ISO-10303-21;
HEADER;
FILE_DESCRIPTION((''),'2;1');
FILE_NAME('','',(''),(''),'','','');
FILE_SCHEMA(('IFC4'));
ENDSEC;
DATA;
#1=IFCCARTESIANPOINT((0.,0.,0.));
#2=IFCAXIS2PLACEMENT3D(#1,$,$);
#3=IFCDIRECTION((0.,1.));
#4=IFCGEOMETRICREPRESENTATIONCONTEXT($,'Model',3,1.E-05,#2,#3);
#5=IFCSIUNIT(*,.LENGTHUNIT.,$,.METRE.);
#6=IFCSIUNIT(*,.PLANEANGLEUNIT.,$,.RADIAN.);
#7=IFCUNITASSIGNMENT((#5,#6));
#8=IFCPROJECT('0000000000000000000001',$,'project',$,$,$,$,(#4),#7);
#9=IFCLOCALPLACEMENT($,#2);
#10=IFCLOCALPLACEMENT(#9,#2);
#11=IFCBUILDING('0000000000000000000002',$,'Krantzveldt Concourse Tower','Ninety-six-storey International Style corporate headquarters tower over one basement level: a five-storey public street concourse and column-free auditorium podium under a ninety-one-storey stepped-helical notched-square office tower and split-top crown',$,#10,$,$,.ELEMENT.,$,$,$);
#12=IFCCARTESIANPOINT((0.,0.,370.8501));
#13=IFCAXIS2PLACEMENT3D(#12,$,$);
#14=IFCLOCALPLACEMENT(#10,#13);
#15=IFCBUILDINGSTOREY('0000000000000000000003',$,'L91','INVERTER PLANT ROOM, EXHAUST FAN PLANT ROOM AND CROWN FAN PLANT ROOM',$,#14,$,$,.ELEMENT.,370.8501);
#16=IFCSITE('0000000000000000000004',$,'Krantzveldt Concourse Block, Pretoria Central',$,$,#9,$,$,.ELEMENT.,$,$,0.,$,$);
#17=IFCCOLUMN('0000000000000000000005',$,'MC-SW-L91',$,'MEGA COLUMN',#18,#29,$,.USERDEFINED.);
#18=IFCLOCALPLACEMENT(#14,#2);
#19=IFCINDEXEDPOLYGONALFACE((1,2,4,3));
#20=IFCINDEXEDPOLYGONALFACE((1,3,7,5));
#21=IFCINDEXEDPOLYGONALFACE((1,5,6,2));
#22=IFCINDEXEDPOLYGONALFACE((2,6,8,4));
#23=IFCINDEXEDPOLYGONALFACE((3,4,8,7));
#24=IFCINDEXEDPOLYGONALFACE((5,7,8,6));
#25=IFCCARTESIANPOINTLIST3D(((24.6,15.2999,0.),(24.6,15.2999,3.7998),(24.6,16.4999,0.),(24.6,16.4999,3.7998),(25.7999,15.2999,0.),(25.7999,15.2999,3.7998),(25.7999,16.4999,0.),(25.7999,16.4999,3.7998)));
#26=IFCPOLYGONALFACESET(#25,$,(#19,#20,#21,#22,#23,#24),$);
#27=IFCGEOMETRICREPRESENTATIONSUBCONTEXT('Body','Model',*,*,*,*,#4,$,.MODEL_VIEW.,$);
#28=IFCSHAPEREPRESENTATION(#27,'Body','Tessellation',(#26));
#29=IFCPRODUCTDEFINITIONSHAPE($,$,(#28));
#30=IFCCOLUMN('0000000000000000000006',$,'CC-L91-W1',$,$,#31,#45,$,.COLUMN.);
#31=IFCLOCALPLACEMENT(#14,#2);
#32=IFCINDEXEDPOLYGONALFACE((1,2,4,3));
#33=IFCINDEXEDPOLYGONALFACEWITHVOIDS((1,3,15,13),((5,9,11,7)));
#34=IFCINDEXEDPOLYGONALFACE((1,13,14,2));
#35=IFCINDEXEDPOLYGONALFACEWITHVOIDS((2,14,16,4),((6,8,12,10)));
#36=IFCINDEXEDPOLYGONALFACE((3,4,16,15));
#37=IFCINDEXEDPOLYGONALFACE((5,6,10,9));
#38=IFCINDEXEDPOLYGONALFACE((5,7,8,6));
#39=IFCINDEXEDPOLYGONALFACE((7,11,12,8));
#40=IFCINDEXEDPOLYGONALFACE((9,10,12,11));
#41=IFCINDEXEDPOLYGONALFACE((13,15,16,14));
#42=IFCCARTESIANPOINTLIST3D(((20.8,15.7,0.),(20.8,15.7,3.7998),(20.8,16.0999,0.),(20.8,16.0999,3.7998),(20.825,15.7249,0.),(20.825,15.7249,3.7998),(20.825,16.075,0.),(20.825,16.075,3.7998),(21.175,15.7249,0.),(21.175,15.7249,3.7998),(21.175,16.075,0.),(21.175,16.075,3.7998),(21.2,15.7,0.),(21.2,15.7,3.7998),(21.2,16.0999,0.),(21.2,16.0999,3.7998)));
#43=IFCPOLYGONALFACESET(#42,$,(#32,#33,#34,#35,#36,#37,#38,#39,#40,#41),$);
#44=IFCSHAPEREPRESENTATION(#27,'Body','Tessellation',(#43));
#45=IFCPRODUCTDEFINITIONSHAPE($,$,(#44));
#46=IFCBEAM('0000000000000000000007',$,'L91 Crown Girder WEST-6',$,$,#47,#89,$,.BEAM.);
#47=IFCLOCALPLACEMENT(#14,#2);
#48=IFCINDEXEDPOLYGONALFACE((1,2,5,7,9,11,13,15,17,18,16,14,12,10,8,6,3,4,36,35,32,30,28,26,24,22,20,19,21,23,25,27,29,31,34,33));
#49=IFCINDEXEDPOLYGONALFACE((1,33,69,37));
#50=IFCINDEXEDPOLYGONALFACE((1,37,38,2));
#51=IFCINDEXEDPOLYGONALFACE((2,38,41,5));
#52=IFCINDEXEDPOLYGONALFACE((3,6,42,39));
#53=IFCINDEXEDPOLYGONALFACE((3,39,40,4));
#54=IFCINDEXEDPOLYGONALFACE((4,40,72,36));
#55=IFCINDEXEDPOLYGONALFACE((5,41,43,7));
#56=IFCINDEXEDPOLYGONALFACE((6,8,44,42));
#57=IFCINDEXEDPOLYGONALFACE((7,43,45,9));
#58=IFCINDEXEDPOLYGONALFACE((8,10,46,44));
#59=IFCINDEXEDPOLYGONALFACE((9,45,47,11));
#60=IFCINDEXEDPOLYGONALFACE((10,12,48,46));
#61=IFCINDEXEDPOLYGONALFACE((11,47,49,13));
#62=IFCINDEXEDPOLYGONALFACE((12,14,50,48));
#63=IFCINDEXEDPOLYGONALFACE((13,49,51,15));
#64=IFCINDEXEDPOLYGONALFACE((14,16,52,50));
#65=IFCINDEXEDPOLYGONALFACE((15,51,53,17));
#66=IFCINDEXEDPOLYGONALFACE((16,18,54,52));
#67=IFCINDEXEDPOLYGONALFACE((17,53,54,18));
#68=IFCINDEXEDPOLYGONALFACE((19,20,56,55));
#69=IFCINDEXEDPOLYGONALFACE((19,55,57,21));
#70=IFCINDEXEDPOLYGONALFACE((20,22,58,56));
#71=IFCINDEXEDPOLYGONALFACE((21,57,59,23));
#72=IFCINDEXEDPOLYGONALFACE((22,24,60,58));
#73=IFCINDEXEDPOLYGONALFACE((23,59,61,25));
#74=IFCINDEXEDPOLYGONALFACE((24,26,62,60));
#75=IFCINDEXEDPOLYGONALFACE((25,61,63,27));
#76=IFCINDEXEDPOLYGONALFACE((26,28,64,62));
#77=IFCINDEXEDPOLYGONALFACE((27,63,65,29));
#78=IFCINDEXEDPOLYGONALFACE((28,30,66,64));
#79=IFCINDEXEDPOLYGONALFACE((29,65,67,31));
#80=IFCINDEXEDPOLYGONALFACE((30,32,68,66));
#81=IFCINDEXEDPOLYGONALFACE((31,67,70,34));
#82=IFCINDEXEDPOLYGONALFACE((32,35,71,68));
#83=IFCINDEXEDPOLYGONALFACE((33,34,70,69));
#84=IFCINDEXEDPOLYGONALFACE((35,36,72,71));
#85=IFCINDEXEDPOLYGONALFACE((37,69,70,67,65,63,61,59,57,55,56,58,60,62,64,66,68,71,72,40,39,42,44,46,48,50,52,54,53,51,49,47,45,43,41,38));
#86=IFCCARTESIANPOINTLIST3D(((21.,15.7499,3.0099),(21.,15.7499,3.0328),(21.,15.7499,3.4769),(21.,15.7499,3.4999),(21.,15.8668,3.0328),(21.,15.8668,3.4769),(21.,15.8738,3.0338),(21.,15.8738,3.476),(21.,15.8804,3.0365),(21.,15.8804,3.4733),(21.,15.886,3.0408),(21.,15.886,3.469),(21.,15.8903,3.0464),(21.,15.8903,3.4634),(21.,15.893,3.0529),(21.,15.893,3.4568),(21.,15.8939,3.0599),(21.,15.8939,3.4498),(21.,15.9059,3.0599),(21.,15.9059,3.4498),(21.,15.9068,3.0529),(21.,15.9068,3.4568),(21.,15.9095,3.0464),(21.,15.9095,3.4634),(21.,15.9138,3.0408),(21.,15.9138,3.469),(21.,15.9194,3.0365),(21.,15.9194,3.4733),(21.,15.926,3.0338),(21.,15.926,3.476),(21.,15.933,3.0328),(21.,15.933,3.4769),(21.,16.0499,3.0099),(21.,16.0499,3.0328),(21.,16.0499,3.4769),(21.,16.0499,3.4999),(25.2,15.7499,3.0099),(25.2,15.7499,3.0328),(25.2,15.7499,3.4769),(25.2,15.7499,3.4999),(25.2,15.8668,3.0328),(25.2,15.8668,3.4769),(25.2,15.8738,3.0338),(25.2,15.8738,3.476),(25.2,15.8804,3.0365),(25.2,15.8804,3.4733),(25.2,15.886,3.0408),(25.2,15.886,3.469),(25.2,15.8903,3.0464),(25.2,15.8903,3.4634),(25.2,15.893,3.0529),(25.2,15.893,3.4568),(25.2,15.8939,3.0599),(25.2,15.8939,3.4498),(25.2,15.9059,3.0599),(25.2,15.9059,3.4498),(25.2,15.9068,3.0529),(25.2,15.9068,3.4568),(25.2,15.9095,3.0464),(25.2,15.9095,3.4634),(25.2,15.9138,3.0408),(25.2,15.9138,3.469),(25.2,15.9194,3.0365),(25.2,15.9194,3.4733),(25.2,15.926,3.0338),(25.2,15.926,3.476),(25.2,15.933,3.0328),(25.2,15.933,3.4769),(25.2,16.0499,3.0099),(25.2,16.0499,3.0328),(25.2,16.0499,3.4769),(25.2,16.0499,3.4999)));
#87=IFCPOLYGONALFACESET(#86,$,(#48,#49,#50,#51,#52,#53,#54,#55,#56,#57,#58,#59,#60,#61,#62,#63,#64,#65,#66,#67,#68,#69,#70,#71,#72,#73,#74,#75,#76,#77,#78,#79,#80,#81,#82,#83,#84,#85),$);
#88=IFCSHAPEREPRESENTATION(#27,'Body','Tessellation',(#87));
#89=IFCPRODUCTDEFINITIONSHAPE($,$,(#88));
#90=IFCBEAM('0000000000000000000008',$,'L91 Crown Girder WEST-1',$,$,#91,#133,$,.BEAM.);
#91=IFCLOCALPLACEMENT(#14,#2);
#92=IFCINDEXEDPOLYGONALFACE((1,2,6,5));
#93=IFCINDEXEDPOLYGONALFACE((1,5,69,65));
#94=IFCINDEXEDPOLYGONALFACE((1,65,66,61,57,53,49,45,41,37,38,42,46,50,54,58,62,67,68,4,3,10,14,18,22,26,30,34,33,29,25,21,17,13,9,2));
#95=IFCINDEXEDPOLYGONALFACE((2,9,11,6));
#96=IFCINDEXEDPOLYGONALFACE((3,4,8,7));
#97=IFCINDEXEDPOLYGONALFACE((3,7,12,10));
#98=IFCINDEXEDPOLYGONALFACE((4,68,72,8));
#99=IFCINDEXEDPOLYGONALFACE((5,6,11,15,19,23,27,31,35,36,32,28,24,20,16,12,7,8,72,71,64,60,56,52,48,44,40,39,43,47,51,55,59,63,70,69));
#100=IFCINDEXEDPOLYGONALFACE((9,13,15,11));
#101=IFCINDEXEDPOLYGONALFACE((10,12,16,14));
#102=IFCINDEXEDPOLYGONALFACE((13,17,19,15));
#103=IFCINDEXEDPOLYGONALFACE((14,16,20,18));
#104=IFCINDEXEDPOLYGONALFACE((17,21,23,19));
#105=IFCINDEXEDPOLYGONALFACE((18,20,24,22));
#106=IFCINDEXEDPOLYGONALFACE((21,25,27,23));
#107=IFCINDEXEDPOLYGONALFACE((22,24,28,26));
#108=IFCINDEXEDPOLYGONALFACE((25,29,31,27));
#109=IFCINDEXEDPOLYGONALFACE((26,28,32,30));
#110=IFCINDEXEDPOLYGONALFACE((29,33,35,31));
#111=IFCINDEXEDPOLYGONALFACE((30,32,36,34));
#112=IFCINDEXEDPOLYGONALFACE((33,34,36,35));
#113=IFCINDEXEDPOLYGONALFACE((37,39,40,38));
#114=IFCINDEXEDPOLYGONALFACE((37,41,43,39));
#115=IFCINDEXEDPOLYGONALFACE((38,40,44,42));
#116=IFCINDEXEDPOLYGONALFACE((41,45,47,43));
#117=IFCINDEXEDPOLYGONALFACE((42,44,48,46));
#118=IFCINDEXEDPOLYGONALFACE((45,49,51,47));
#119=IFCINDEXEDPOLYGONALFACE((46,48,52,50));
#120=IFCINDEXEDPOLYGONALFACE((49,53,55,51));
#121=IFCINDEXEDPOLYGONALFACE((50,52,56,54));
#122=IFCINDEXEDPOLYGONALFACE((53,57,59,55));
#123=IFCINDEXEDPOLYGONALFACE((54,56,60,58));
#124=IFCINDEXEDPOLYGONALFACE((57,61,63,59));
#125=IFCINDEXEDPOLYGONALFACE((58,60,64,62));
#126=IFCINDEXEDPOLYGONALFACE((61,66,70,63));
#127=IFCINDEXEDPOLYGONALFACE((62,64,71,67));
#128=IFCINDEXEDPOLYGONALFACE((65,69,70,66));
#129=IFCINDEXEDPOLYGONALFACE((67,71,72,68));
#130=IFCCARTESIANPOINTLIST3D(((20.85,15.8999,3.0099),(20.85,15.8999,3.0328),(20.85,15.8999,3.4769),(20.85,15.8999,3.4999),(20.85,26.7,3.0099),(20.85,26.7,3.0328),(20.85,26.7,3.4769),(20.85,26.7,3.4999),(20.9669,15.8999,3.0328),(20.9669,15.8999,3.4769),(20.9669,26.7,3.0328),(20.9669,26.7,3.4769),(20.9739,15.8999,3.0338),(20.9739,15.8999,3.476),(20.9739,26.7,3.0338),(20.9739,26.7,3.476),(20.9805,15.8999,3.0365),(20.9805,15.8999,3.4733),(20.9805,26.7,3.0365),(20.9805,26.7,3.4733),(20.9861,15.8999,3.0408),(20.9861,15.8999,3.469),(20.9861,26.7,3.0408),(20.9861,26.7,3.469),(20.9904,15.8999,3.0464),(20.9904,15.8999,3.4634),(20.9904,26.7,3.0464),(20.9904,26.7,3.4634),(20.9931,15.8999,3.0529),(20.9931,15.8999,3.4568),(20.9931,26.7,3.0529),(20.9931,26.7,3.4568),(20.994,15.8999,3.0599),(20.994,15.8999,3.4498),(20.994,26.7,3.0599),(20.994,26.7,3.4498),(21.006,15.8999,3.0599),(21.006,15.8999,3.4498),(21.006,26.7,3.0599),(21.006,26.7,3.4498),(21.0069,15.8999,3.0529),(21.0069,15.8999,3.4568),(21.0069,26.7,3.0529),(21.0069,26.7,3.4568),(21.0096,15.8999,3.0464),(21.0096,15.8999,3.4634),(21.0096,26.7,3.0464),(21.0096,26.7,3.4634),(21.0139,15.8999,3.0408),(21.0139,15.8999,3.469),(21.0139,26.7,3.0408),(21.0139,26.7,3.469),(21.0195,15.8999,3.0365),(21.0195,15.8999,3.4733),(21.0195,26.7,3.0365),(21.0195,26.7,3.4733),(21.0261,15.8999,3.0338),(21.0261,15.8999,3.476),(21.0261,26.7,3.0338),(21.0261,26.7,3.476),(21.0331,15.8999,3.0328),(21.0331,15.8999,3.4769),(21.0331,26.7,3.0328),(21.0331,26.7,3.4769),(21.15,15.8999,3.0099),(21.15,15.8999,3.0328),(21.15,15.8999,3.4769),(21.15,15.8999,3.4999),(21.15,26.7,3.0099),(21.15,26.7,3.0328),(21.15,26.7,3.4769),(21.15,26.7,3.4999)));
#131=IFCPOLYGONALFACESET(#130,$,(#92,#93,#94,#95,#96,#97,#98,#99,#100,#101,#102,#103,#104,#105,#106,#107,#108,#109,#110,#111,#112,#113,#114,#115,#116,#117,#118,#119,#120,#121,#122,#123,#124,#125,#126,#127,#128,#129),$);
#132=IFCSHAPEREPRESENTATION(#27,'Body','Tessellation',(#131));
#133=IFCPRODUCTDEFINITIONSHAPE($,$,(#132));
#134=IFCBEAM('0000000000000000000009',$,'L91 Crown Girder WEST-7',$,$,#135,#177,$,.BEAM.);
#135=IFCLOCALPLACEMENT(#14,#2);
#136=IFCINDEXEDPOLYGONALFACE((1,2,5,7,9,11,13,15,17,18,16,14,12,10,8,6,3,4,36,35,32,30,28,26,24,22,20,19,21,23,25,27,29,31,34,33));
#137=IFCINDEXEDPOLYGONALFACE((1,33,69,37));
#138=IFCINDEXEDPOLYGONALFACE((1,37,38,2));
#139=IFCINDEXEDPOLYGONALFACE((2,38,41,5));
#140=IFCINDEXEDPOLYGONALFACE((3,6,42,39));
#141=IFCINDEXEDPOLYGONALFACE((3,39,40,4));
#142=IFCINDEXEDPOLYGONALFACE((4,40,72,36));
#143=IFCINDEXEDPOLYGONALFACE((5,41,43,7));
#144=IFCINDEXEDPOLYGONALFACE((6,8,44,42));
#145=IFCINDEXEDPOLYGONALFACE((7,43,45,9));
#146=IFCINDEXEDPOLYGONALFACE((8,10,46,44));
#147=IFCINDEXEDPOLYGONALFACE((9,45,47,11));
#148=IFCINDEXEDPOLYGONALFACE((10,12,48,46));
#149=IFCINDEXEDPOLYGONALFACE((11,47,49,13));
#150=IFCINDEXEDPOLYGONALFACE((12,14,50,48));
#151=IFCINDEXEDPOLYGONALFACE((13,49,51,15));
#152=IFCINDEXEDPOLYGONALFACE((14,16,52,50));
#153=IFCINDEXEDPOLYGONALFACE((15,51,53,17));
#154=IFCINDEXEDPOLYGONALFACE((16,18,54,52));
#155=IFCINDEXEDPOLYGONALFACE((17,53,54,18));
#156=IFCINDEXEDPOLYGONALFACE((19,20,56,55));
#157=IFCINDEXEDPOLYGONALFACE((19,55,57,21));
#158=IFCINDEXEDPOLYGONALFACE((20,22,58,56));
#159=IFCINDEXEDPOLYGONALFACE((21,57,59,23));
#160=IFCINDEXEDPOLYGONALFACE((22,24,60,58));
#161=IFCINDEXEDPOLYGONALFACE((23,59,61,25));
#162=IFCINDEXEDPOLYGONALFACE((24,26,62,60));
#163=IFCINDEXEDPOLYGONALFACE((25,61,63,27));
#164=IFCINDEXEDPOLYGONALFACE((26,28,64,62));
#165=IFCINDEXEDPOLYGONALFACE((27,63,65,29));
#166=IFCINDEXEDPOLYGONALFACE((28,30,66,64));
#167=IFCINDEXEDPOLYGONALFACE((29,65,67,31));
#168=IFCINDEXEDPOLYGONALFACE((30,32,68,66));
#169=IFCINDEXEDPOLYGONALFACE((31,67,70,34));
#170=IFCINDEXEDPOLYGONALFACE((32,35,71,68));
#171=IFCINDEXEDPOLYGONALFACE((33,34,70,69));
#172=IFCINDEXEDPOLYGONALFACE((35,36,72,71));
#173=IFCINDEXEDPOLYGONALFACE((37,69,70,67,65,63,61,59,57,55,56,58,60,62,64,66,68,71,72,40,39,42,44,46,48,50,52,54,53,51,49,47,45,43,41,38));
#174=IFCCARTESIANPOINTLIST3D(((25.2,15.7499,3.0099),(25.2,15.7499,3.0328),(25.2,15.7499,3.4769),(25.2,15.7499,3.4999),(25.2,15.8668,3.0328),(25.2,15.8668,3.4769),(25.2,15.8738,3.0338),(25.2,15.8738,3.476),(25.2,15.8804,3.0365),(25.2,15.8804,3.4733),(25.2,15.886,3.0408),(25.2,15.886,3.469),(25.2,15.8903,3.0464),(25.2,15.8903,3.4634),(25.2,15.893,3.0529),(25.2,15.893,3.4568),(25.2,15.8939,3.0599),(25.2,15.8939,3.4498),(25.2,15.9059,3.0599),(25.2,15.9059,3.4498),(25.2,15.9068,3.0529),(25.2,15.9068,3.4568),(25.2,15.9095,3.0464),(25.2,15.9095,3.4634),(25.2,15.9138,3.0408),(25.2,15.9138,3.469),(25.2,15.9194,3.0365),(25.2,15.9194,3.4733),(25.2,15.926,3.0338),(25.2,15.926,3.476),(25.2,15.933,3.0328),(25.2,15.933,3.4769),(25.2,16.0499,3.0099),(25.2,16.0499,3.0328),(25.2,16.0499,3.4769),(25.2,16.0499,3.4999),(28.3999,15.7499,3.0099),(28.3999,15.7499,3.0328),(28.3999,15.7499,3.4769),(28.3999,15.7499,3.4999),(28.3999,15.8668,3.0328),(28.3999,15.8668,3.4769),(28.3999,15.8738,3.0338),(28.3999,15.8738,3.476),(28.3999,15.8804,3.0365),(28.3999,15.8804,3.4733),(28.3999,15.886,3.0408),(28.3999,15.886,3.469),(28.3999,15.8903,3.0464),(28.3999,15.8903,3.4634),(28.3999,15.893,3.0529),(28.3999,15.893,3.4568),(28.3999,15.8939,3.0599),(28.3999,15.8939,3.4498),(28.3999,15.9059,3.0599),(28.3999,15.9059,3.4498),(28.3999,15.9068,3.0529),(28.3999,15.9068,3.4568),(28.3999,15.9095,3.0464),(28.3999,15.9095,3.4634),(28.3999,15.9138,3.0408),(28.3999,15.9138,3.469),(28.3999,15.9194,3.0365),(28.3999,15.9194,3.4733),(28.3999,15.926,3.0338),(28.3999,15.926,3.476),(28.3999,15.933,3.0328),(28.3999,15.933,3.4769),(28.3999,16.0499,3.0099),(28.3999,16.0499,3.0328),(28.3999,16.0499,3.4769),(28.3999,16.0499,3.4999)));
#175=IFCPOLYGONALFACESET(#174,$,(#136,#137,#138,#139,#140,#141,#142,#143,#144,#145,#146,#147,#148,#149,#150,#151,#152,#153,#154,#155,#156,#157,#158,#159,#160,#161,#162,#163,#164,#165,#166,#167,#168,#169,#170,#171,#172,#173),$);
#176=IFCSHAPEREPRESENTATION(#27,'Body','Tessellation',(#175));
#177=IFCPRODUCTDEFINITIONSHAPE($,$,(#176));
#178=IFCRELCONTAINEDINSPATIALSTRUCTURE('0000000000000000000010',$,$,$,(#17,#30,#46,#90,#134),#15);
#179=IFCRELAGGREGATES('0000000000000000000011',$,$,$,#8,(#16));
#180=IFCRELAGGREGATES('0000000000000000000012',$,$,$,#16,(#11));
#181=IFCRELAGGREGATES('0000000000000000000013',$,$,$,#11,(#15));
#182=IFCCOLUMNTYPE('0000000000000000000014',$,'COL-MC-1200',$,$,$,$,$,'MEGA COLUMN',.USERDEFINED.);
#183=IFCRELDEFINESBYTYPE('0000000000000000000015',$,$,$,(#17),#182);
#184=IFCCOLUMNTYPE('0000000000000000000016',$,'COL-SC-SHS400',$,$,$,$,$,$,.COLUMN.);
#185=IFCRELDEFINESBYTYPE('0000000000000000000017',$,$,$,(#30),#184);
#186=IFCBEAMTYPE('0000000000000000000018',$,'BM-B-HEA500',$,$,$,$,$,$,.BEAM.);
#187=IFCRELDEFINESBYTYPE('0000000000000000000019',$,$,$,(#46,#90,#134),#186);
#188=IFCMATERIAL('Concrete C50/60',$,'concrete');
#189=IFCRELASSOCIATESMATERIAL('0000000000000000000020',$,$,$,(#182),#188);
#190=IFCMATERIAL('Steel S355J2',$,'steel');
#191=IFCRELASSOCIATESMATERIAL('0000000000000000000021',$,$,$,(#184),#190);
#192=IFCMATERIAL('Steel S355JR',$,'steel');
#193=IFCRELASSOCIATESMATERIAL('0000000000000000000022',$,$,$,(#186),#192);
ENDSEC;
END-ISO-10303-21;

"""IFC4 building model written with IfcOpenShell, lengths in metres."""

from ifc_helpers import new_model, si_unit, direction, frame, origin, origin_2d, place, context, subcontext, project, spatial, rectangle, hollow_rectangle, i_section, extrude, source, transform, mapped, material, material_profile, profile_set, type_object, type_shapes, element, save


model = new_model("IFC4")

# Units and contexts
model_context = context("Model", 3, precision=1e-05, world=origin(), true_north=direction((0.0, 1.0)))
body_context = subcontext(model_context, "Body", "Model", "MODEL_VIEW")
ifc_project = project(units=[si_unit("LENGTHUNIT", "METRE"), si_unit("PLANEANGLEUNIT", "RADIAN")], contexts=[model_context])

# Site, building, storey
site_placement = place(None, origin())
site = spatial("IfcSite", under=ifc_project, at=site_placement, Name="Krantzveldt Concourse Block, Pretoria Central", CompositionType="ELEMENT", RefElevation=0.0)
building_placement = place(site_placement, origin())
building = spatial("IfcBuilding", under=site, at=building_placement, Name="Krantzveldt Concourse Tower", Description="Ninety-six-storey International Style corporate headquarters tower over one basement level: a five-storey public street concourse and column-free auditorium podium under a ninety-one-storey stepped-helical notched-square office tower and split-top crown", CompositionType="ELEMENT")
storey_placement = place(building_placement, frame((0.0, 0.0, 370.8501)))
storey = spatial("IfcBuildingStorey", under=building, at=storey_placement, Name="L91", Description="INVERTER PLANT ROOM, EXHAUST FAN PLANT ROOM AND CROWN FAN PLANT ROOM", CompositionType="ELEMENT", Elevation=370.8501)

# Columns
ifc_material_1 = material(Name="Concrete C50/60", Category="concrete")
ifc_material_profile_1 = material_profile(ifc_material_1, rectangle(XDim=1.2, YDim=1.2, at=origin_2d()), Name="Concrete C50/60", Category="concrete")
ifc_profile_set_1 = profile_set([ifc_material_profile_1], Name="Concrete C50/60 - RC 1200x1200")
column_type_1 = type_object("IfcColumnType", Name="COL-MC-1200", ElementType="MEGA COLUMN", PredefinedType="USERDEFINED", material=ifc_profile_set_1)
shared_shape_1 = source(origin(), body_context, "Body", "SweptSolid", [
    extrude(rectangle(XDim=1.2, YDim=1.2, at=origin_2d()), origin(), (0.0, 0.0, 1.0), 3.7998),
])
type_shapes(column_type_1, [shared_shape_1])
column_1_placement = place(storey_placement, frame((25.2, 15.8999, 0.0), z_axis=(0.0, 0.0, 1.0), x_axis=(1.0, 0.0, 0.0)))
element("IfcColumn", 1, at=column_1_placement, inside=storey, type_object=column_type_1, Name="MC-SW-L91", ObjectType="MEGA COLUMN", PredefinedType="USERDEFINED", context=body_context, shape_type="MappedRepresentation", body=[
    mapped(shared_shape_1, transform((0.0, 0.0, 0.0), x_axis=(1.0, 0.0, 0.0), y_axis=(0.0, 1.0, 0.0), z_axis=(0.0, 0.0, 1.0), scale=1.0)),
])
ifc_material_2 = material(Name="Steel S355J2", Category="steel")
ifc_material_profile_2 = material_profile(ifc_material_2, hollow_rectangle(XDim=0.3999, YDim=0.3999, WallThickness=0.0249, at=origin_2d()), Name="Steel S355J2", Category="steel")
ifc_profile_set_2 = profile_set([ifc_material_profile_2], Name="Steel S355J2 - SHS 400x400x25")
column_type_2 = type_object("IfcColumnType", Name="COL-SC-SHS400", PredefinedType="COLUMN", material=ifc_profile_set_2)
shared_shape_2 = source(origin(), body_context, "Body", "SweptSolid", [
    extrude(hollow_rectangle(XDim=0.3999, YDim=0.3999, WallThickness=0.0249, at=origin_2d()), origin(), (0.0, 0.0, 1.0), 3.7998),
])
type_shapes(column_type_2, [shared_shape_2])
column_2_placement = place(storey_placement, frame((21.0, 15.8999, 0.0), z_axis=(0.0, 0.0, 1.0), x_axis=(1.0, 0.0, 0.0)))
element("IfcColumn", 2, at=column_2_placement, inside=storey, type_object=column_type_2, Name="CC-L91-W1", PredefinedType="COLUMN", context=body_context, shape_type="MappedRepresentation", body=[
    mapped(shared_shape_2, transform((0.0, 0.0, 0.0), x_axis=(1.0, 0.0, 0.0), y_axis=(0.0, 1.0, 0.0), z_axis=(0.0, 0.0, 1.0), scale=1.0)),
])

# Beams
ifc_material_3 = material(Name="Steel S355JR", Category="steel")
ifc_material_profile_3 = material_profile(ifc_material_3, i_section(OverallWidth=0.3, OverallDepth=0.49, WebThickness=0.012, FlangeThickness=0.0229, FilletRadius=0.0271, at=origin_2d()), Name="Steel S355JR", Category="steel")
ifc_profile_set_3 = profile_set([ifc_material_profile_3], Name="Steel S355JR - HEA 500")
beam_type = type_object("IfcBeamType", Name="BM-B-HEA500", PredefinedType="BEAM", material=ifc_profile_set_3)
shared_shape_3 = source(origin(), body_context, "Body", "SweptSolid", [
    extrude(i_section(OverallWidth=0.3, OverallDepth=0.49, WebThickness=0.012, FlangeThickness=0.0229, FilletRadius=0.0271, at=origin_2d()), origin(), (0.0, 0.0, 1.0), 4.2),
])
beam_1_placement = place(storey_placement, frame((21.0, 15.8999, 3.2549), z_axis=(1.0, 0.0, 0.0), x_axis=(0.0, 1.0, 0.0)))
element("IfcBeam", 3, at=beam_1_placement, inside=storey, type_object=beam_type, Name="L91 Crown Girder WEST-6", PredefinedType="BEAM", context=body_context, shape_type="MappedRepresentation", body=[
    mapped(shared_shape_3, transform((0.0, 0.0, 0.0), x_axis=(1.0, 0.0, 0.0), y_axis=(0.0, 1.0, 0.0), z_axis=(0.0, 0.0, 1.0), scale=1.0)),
])
shared_shape_4 = source(origin(), body_context, "Body", "SweptSolid", [
    extrude(i_section(OverallWidth=0.3, OverallDepth=0.49, WebThickness=0.012, FlangeThickness=0.0229, FilletRadius=0.0271, at=origin_2d()), origin(), (0.0, 0.0, 1.0), 10.8),
])
beam_2_placement = place(storey_placement, frame((21.0, 15.8999, 3.2549), z_axis=(0.0, 1.0, 0.0), x_axis=(-1.0, 0.0, 0.0)))
element("IfcBeam", 4, at=beam_2_placement, inside=storey, type_object=beam_type, Name="L91 Crown Girder WEST-1", PredefinedType="BEAM", context=body_context, shape_type="MappedRepresentation", body=[
    mapped(shared_shape_4, transform((0.0, 0.0, 0.0), x_axis=(1.0, 0.0, 0.0), y_axis=(0.0, 1.0, 0.0), z_axis=(0.0, 0.0, 1.0), scale=1.0)),
])
shared_shape_5 = source(origin(), body_context, "Body", "SweptSolid", [
    extrude(i_section(OverallWidth=0.3, OverallDepth=0.49, WebThickness=0.012, FlangeThickness=0.0229, FilletRadius=0.0271, at=origin_2d()), origin(), (0.0, 0.0, 1.0), 3.2),
])
beam_3_placement = place(storey_placement, frame((25.2, 15.8999, 3.2549), z_axis=(1.0, 0.0, 0.0), x_axis=(0.0, 1.0, 0.0)))
element("IfcBeam", 5, at=beam_3_placement, inside=storey, type_object=beam_type, Name="L91 Crown Girder WEST-7", PredefinedType="BEAM", context=body_context, shape_type="MappedRepresentation", body=[
    mapped(shared_shape_5, transform((0.0, 0.0, 0.0), x_axis=(1.0, 0.0, 0.0), y_axis=(0.0, 1.0, 0.0), z_axis=(0.0, 0.0, 1.0), scale=1.0)),
])

save(model, "model.ifc")
